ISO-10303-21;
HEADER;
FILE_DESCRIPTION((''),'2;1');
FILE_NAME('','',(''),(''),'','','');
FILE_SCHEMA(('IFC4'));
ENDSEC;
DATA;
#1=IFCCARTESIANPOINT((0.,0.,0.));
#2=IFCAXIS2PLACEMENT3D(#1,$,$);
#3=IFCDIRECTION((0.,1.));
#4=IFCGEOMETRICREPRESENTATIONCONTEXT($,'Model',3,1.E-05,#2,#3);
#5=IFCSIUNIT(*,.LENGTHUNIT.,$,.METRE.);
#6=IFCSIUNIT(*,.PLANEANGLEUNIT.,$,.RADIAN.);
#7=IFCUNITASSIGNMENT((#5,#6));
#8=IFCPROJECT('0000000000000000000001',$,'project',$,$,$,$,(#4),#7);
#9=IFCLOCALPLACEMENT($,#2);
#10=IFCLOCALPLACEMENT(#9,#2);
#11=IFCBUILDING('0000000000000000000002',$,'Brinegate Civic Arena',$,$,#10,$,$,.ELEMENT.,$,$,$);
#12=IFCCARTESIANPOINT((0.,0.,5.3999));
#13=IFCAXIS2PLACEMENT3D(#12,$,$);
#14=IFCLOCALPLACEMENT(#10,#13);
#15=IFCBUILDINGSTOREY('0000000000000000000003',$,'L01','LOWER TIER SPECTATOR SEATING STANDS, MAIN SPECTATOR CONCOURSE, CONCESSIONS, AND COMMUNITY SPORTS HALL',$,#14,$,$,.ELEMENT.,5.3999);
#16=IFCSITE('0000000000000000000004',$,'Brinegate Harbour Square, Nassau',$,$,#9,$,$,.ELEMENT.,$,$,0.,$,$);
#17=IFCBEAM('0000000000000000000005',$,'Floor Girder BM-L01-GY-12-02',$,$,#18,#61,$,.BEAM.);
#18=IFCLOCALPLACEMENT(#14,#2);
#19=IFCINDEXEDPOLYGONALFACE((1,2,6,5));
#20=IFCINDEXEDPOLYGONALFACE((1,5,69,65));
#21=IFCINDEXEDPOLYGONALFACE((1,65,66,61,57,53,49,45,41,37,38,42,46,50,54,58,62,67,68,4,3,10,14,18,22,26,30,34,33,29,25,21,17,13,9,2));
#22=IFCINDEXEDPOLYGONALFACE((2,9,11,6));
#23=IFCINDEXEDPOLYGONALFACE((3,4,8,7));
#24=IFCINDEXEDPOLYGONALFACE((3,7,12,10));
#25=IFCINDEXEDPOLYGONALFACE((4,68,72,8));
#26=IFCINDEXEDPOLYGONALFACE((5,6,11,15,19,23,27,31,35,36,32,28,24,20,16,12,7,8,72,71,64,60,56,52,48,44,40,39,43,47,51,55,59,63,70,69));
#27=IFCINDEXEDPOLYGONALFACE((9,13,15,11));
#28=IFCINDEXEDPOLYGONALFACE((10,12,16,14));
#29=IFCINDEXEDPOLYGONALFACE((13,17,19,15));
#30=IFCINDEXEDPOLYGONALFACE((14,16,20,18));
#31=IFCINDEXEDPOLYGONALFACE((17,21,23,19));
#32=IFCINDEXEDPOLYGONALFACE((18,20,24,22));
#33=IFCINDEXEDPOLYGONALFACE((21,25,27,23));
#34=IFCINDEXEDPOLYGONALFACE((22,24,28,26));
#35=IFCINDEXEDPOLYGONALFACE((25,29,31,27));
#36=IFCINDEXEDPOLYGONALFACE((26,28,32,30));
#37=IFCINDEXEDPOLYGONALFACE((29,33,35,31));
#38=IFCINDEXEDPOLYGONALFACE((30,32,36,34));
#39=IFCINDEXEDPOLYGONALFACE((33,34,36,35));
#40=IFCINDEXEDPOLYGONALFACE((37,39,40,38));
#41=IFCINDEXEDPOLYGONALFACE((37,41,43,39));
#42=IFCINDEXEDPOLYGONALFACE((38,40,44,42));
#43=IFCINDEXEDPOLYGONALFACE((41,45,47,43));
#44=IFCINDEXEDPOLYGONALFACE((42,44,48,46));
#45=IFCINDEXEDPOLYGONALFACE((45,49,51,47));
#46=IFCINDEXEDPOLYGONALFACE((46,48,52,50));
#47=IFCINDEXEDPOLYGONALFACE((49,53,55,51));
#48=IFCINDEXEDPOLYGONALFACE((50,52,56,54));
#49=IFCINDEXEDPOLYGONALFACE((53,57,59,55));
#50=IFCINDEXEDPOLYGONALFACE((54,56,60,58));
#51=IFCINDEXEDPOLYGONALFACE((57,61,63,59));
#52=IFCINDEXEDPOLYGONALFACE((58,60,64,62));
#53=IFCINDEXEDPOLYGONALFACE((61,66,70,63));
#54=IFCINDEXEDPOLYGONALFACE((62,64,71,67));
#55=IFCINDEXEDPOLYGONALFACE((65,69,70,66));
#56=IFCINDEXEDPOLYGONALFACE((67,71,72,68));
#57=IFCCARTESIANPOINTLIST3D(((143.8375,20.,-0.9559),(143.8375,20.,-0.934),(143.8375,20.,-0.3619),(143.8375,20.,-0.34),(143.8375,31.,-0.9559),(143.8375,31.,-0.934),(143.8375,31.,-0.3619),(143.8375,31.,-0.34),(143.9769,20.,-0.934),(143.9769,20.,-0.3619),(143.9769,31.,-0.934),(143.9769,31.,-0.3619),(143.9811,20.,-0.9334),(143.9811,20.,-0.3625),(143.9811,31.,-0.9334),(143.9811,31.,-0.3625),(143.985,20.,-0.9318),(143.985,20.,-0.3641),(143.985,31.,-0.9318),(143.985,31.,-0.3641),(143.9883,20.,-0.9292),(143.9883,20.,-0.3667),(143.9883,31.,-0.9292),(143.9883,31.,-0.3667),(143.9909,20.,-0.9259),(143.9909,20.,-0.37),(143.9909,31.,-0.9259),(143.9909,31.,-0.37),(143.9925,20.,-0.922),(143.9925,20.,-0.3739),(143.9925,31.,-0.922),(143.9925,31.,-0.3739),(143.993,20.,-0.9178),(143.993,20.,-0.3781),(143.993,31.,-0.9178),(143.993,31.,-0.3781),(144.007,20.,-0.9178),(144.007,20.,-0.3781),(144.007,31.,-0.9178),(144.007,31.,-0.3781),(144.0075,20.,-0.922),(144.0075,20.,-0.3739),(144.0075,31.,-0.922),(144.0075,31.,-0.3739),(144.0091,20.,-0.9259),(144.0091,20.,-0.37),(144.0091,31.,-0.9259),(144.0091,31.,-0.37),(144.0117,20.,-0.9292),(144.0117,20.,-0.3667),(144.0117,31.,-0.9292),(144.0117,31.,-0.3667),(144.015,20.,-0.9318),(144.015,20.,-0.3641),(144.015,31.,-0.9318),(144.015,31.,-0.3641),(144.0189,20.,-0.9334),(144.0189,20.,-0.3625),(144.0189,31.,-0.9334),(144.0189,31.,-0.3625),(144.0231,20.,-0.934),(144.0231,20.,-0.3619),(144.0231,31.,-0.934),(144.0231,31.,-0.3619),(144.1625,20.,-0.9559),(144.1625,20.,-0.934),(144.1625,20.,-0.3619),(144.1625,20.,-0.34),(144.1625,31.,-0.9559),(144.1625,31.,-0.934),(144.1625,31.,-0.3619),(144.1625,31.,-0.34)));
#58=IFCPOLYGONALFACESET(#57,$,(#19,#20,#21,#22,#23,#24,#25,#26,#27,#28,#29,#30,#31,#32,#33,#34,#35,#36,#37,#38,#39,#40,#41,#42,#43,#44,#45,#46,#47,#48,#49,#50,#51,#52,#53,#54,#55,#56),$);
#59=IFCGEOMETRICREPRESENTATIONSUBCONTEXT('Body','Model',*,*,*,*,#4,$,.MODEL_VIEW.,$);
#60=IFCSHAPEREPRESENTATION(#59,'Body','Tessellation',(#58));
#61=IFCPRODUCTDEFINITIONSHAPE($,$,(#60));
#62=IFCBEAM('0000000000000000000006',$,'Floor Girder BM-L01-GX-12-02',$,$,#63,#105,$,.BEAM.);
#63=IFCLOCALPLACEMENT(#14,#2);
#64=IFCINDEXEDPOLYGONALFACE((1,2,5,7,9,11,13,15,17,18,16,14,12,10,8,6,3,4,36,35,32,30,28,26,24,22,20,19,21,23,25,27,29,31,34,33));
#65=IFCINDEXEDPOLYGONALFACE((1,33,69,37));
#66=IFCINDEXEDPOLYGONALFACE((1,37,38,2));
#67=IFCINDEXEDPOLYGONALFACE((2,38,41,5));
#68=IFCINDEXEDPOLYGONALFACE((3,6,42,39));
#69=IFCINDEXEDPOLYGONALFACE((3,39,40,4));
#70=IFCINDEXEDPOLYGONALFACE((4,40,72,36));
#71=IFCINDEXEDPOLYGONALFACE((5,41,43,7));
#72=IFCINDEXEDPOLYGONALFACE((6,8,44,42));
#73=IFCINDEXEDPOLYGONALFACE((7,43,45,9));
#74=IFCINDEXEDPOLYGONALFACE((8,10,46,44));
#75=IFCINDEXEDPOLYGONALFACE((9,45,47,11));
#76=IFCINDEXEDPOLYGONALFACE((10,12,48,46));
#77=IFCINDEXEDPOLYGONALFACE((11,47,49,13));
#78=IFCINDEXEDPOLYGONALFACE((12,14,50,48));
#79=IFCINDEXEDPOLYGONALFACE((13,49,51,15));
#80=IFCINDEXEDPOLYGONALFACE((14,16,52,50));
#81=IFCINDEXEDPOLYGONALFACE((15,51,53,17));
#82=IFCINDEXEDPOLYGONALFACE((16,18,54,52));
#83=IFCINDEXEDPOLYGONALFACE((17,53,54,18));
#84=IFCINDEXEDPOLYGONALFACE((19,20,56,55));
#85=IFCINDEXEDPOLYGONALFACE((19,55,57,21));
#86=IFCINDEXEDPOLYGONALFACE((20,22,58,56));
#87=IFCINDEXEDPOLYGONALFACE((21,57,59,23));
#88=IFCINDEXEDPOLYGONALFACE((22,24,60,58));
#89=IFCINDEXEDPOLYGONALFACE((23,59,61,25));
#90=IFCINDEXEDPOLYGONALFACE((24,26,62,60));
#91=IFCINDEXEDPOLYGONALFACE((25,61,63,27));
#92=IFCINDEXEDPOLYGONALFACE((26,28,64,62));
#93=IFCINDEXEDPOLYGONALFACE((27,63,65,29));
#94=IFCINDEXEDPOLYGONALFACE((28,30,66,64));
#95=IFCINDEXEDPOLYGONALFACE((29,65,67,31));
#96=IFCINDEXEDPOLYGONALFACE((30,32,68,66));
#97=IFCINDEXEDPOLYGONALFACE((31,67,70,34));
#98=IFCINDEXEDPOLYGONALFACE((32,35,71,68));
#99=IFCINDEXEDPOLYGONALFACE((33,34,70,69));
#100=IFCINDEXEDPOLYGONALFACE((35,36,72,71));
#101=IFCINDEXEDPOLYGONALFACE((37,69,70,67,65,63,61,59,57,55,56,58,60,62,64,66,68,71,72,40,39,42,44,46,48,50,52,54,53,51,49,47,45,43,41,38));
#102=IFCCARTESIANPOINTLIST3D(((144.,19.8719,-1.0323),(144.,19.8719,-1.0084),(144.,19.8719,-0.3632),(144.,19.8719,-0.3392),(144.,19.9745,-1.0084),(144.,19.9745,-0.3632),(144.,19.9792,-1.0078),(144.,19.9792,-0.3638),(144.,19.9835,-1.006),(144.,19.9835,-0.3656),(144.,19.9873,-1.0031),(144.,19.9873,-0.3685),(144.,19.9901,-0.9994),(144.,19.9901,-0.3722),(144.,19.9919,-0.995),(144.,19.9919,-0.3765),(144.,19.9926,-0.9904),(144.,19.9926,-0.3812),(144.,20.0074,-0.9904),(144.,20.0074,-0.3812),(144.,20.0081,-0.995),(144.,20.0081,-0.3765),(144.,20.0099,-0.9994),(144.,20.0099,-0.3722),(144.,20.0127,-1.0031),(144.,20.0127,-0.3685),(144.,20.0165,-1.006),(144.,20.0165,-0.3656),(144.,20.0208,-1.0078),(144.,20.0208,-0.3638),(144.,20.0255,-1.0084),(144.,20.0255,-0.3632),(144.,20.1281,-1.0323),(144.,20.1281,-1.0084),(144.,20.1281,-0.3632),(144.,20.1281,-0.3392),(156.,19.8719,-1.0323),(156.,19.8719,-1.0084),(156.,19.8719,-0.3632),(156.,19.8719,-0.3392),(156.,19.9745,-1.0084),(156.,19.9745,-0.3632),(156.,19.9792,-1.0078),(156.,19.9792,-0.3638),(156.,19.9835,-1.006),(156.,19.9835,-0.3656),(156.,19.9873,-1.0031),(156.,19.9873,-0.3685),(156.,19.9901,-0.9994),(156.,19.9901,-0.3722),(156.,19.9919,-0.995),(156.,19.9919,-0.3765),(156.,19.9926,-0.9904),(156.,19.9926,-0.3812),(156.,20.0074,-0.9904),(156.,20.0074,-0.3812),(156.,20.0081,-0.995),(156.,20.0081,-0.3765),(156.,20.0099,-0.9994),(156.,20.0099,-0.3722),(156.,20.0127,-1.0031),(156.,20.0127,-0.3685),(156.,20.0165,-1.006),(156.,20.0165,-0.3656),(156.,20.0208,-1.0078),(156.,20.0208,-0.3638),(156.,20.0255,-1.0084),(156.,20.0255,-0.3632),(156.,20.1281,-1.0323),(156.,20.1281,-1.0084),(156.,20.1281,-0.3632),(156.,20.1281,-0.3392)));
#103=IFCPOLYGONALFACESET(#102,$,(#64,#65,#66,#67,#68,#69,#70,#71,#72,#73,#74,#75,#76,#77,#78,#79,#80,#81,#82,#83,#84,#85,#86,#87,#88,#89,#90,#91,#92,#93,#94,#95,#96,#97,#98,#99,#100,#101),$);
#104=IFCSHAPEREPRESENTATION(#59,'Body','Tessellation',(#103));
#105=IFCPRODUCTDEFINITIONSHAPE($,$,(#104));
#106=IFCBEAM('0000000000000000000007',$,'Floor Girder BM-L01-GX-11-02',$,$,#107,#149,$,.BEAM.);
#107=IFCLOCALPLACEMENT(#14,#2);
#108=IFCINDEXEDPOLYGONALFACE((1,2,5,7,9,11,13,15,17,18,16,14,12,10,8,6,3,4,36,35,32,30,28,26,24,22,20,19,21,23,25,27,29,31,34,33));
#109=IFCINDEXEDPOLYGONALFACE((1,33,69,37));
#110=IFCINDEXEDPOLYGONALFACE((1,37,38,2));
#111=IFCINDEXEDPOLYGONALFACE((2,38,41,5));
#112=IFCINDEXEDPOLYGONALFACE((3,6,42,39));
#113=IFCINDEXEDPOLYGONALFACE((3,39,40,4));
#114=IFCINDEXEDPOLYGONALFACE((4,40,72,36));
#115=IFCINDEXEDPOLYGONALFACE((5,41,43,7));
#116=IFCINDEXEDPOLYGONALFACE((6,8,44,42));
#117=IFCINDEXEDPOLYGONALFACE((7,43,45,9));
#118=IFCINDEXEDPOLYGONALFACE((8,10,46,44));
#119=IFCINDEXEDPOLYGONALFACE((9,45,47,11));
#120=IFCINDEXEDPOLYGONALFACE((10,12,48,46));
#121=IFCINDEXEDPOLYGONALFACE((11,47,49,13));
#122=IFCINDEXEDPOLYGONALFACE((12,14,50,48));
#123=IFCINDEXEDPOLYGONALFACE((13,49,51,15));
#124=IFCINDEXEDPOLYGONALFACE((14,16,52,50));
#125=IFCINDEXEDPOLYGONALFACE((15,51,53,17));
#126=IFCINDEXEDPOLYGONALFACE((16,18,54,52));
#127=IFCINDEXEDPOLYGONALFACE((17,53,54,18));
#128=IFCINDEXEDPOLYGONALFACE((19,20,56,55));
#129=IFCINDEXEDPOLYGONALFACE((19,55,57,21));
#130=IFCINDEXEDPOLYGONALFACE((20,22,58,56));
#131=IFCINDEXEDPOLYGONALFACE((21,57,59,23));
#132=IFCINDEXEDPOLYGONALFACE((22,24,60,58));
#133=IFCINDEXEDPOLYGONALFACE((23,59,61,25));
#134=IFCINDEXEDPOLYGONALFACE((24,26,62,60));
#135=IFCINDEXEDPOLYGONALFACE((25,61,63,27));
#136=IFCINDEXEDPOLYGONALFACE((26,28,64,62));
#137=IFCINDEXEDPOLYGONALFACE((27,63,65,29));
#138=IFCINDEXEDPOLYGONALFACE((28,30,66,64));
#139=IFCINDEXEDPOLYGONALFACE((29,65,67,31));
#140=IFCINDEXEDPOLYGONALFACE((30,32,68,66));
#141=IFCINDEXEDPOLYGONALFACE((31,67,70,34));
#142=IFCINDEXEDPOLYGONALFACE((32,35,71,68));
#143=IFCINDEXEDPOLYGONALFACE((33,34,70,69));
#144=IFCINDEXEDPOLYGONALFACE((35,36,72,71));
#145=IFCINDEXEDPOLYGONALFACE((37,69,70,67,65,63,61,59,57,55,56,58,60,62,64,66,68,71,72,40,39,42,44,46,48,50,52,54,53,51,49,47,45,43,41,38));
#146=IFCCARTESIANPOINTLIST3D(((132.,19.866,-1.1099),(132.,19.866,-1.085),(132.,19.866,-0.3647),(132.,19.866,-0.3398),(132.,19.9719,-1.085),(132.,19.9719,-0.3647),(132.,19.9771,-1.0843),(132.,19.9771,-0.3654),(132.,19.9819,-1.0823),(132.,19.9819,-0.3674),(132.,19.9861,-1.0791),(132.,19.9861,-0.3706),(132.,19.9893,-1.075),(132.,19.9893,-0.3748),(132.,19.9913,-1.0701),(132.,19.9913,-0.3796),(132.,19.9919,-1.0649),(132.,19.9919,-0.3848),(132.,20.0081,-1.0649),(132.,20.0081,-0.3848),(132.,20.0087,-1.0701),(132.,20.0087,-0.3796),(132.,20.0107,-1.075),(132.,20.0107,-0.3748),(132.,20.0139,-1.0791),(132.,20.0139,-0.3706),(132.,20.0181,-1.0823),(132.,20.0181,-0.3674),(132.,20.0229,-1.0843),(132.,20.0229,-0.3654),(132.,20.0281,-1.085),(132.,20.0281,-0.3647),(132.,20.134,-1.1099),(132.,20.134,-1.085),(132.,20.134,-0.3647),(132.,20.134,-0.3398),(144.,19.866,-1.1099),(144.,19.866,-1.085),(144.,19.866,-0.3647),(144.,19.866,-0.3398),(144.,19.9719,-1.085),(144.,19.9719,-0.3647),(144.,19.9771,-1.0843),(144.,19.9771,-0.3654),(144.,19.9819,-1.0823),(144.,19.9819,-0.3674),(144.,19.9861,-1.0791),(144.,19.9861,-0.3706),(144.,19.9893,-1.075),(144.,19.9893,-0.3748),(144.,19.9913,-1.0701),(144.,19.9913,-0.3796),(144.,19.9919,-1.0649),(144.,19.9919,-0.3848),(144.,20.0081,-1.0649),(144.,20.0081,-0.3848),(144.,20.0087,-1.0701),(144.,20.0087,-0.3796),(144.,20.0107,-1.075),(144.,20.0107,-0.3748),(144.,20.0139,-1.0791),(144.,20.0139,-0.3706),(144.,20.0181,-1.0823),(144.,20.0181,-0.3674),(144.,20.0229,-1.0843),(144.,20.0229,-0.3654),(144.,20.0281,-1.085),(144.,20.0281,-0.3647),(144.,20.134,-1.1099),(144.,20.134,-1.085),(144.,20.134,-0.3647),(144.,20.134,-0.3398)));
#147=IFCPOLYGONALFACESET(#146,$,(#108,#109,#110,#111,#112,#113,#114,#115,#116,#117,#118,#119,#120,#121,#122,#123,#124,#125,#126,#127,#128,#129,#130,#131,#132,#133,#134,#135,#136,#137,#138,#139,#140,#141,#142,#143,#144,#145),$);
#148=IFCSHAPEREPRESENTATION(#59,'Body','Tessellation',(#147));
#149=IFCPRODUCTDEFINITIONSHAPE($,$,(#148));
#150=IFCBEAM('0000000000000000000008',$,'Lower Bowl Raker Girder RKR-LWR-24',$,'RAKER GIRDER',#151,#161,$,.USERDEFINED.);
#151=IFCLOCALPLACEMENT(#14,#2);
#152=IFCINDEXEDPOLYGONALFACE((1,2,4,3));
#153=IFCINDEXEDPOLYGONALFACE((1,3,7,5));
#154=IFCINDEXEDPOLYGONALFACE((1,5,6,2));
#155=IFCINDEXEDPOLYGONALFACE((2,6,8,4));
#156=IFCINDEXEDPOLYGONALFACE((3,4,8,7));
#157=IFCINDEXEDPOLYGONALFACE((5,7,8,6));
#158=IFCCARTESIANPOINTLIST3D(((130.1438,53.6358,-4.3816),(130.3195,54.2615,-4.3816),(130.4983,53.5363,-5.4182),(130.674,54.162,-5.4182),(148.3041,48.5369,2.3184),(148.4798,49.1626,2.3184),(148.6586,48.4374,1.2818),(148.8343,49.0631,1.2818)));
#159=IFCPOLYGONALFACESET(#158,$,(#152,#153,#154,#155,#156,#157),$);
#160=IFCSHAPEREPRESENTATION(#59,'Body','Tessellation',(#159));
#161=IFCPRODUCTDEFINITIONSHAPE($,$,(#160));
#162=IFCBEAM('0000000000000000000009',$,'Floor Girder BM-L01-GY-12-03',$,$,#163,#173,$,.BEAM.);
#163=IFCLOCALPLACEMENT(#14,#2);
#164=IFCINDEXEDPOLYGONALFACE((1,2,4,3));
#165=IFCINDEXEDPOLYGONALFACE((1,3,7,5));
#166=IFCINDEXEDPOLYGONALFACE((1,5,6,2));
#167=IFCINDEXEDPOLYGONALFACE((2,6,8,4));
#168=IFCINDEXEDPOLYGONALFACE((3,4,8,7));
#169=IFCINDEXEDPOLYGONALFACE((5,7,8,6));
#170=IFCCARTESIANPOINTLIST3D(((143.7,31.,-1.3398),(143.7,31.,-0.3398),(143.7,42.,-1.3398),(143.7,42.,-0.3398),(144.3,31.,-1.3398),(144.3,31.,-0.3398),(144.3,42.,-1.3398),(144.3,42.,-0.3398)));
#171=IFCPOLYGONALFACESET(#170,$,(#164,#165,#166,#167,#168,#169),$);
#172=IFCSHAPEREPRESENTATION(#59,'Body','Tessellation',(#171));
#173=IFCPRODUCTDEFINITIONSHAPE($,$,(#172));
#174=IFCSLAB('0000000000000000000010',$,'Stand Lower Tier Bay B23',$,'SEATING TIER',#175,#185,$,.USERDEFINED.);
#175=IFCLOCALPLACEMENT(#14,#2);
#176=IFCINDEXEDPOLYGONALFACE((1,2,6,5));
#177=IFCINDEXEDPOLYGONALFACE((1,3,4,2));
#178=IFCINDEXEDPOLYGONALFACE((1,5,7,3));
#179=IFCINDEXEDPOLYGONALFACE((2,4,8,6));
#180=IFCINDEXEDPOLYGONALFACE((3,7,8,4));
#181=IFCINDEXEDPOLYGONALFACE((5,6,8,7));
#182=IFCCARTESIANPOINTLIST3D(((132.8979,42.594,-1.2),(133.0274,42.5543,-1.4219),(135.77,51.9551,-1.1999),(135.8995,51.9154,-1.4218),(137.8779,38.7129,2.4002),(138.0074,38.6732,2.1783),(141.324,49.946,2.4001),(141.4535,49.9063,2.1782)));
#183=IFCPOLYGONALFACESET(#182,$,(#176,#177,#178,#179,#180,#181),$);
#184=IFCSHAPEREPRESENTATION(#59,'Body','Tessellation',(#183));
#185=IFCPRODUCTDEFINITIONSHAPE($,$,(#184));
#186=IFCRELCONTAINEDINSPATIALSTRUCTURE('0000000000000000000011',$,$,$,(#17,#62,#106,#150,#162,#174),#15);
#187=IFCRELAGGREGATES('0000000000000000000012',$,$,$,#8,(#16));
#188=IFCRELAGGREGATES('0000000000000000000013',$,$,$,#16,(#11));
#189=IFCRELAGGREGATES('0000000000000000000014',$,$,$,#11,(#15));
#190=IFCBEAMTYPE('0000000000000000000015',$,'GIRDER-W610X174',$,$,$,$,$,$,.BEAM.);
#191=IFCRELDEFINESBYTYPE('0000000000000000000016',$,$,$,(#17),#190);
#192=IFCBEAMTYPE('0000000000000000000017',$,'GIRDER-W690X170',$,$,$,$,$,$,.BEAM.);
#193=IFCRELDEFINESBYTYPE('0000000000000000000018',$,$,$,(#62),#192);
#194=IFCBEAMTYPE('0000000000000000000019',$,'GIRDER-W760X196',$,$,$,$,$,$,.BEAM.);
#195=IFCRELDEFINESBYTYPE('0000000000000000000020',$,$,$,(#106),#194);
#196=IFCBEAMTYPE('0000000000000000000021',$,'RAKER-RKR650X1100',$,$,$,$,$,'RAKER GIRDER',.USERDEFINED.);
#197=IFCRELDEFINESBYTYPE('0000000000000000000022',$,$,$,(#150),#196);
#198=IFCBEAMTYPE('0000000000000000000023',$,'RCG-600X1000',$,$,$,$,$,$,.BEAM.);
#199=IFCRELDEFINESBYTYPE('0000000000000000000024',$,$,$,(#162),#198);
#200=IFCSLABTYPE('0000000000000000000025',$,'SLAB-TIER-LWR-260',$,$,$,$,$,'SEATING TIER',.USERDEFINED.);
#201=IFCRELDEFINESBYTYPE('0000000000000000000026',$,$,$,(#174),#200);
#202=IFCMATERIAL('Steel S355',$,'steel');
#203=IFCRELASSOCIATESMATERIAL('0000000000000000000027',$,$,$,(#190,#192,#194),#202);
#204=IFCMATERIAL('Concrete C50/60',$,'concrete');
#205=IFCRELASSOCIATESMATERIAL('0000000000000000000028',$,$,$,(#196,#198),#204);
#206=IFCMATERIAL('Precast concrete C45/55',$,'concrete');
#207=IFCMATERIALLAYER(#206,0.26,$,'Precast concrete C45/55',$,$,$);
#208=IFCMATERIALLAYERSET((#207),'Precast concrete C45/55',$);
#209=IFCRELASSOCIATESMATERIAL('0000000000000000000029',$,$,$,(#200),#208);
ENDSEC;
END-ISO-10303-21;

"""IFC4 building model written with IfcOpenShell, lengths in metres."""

from ifc_helpers import new_model, si_unit, direction, frame, origin, origin_2d, place, context, subcontext, project, spatial, polyline, rectangle, i_section, outline, extrude, material, layer, layer_set, material_profile, profile_set, type_object, element, save


model = new_model("IFC4")

# Units and contexts
model_context = context("Model", 3, precision=1e-05, world=origin(), true_north=direction((0.0, 1.0)))
body_context = subcontext(model_context, "Body", "Model", "MODEL_VIEW")
ifc_project = project(units=[si_unit("LENGTHUNIT", "METRE"), si_unit("PLANEANGLEUNIT", "RADIAN")], contexts=[model_context])

# Site, building, storey
site_placement = place(None, origin())
site = spatial("IfcSite", under=ifc_project, at=site_placement, Name="Brinegate Harbour Square, Nassau", CompositionType="ELEMENT", RefElevation=0.0)
building_placement = place(site_placement, origin())
building = spatial("IfcBuilding", under=site, at=building_placement, Name="Brinegate Civic Arena", CompositionType="ELEMENT")
storey_placement = place(building_placement, frame((0.0, 0.0, 5.3999)))
storey = spatial("IfcBuildingStorey", under=building, at=storey_placement, Name="L01", Description="LOWER TIER SPECTATOR SEATING STANDS, MAIN SPECTATOR CONCOURSE, CONCESSIONS, AND COMMUNITY SPORTS HALL", CompositionType="ELEMENT", Elevation=5.3999)

# Shared definitions
ifc_material_1 = material(Name="Concrete C50/60", Category="concrete")

# Beams
ifc_material_2 = material(Name="Steel S355", Category="steel")
ifc_material_profile_1 = material_profile(ifc_material_2, i_section(OverallWidth=0.325, OverallDepth=0.616, WebThickness=0.0139, FlangeThickness=0.022, FilletRadius=0.0161, at=origin_2d()), Name="W610X174")
ifc_profile_set_1 = profile_set([ifc_material_profile_1], Name="Steel S355")
beam_type_1 = type_object("IfcBeamType", Name="GIRDER-W610X174", PredefinedType="BEAM", material=ifc_profile_set_1)
beam_1_placement = place(storey_placement, frame((144.0, 20.0, -0.6479), z_axis=(0.0, 1.0, 0.0), x_axis=(-1.0, 0.0, 0.0)))
element("IfcBeam", 1, at=beam_1_placement, inside=storey, type_object=beam_type_1, Name="Floor Girder BM-L01-GY-12-02", PredefinedType="BEAM", context=body_context, shape_type="SweptSolid", body=[
    extrude(i_section(OverallWidth=0.325, OverallDepth=0.616, WebThickness=0.0139, FlangeThickness=0.022, FilletRadius=0.0161, at=origin_2d()), origin(), (0.0, 0.0, 1.0), 11.0),
])
ifc_material_profile_2 = material_profile(ifc_material_2, i_section(OverallWidth=0.2561, OverallDepth=0.6931, WebThickness=0.0149, FlangeThickness=0.0239, FilletRadius=0.0181, at=origin_2d()), Name="W690X170")
ifc_profile_set_2 = profile_set([ifc_material_profile_2], Name="Steel S355")
beam_type_2 = type_object("IfcBeamType", Name="GIRDER-W690X170", PredefinedType="BEAM", material=ifc_profile_set_2)
beam_2_placement = place(storey_placement, frame((144.0, 20.0, -0.6858), z_axis=(1.0, 0.0, 0.0), x_axis=(0.0, 1.0, 0.0)))
element("IfcBeam", 2, at=beam_2_placement, inside=storey, type_object=beam_type_2, Name="Floor Girder BM-L01-GX-12-02", PredefinedType="BEAM", context=body_context, shape_type="SweptSolid", body=[
    extrude(i_section(OverallWidth=0.2561, OverallDepth=0.6931, WebThickness=0.0149, FlangeThickness=0.0239, FilletRadius=0.0181, at=origin_2d()), origin(), (0.0, 0.0, 1.0), 12.0),
])
ifc_material_profile_3 = material_profile(ifc_material_2, i_section(OverallWidth=0.2681, OverallDepth=0.77, WebThickness=0.0161, FlangeThickness=0.0249, FilletRadius=0.02, at=origin_2d()), Name="W760X196")
ifc_profile_set_3 = profile_set([ifc_material_profile_3], Name="Steel S355")
beam_type_3 = type_object("IfcBeamType", Name="GIRDER-W760X196", PredefinedType="BEAM", material=ifc_profile_set_3)
beam_3_placement = place(storey_placement, frame((132.0, 20.0, -0.7249), z_axis=(1.0, 0.0, 0.0), x_axis=(0.0, 1.0, 0.0)))
element("IfcBeam", 3, at=beam_3_placement, inside=storey, type_object=beam_type_3, Name="Floor Girder BM-L01-GX-11-02", PredefinedType="BEAM", context=body_context, shape_type="SweptSolid", body=[
    extrude(i_section(OverallWidth=0.2681, OverallDepth=0.77, WebThickness=0.0161, FlangeThickness=0.0249, FilletRadius=0.02, at=origin_2d()), origin(), (0.0, 0.0, 1.0), 12.0),
])
ifc_material_profile_4 = material_profile(ifc_material_1, rectangle(XDim=0.6499, YDim=1.1001, at=origin_2d()), Name="RKR650X1100")
ifc_profile_set_4 = profile_set([ifc_material_profile_4], Name="Concrete C50/60")
beam_type_4 = type_object("IfcBeamType", Name="RAKER-RKR650X1100", ElementType="RAKER GIRDER", PredefinedType="USERDEFINED", material=ifc_profile_set_4)
beam_4_placement = place(storey_placement, frame((130.4089, 53.8989, -4.8999), z_axis=(0.907238, -0.254728, 0.334714), x_axis=(0.27032, 0.962771, 0.0)))
element("IfcBeam", 4, at=beam_4_placement, inside=storey, type_object=beam_type_4, Name="Lower Bowl Raker Girder RKR-LWR-24", ObjectType="RAKER GIRDER", PredefinedType="USERDEFINED", context=body_context, shape_type="SweptSolid", body=[
    extrude(rectangle(XDim=0.6499, YDim=1.1001, at=origin_2d()), origin(), (0.0, 0.0, 1.0), 20.0171),
])
ifc_material_profile_5 = material_profile(ifc_material_1, rectangle(XDim=0.6001, YDim=1.0, at=origin_2d()), Name="RCB600X1000")
ifc_profile_set_5 = profile_set([ifc_material_profile_5], Name="Concrete C50/60")
beam_type_5 = type_object("IfcBeamType", Name="RCG-600X1000", PredefinedType="BEAM", material=ifc_profile_set_5)
beam_5_placement = place(storey_placement, frame((144.0, 31.0, -0.8398), z_axis=(0.0, 1.0, 0.0), x_axis=(-1.0, 0.0, 0.0)))
element("IfcBeam", 5, at=beam_5_placement, inside=storey, type_object=beam_type_5, Name="Floor Girder BM-L01-GY-12-03", PredefinedType="BEAM", context=body_context, shape_type="SweptSolid", body=[
    extrude(rectangle(XDim=0.6001, YDim=1.0, at=origin_2d()), origin(), (0.0, 0.0, 1.0), 11.0),
])

# Slab
ifc_material_3 = material(Name="Precast concrete C45/55", Category="concrete")
ifc_layer_1 = layer(ifc_material_3, 0.26, Name="Precast concrete C45/55")
ifc_layer_set_1 = layer_set([ifc_layer_1], Name="Precast concrete C45/55")
slab_type = type_object("IfcSlabType", Name="SLAB-TIER-LWR-260", ElementType="SEATING TIER", PredefinedType="USERDEFINED", material=ifc_layer_set_1)
slab_1_placement = place(storey_placement, frame((132.8979, 42.594, -1.2), z_axis=(-0.498022, 0.152788, 0.853598), x_axis=(0.29331, 0.956017, 0.000008)))
element("IfcSlab", 6, at=slab_1_placement, inside=storey, type_object=slab_type, Name="Stand Lower Tier Bay B23", ObjectType="SEATING TIER", PredefinedType="USERDEFINED", context=body_context, shape_type="SweptSolid", body=[
    extrude(outline(polyline([(0.0, 0.0), (9.7918, 0.0), (9.5002, -6.9107), (-2.2497, -6.9111), (0.0, 0.0)])), origin(), (0.0, 0.0, -1.0), 0.26),
])

save(model, "model.ifc")
